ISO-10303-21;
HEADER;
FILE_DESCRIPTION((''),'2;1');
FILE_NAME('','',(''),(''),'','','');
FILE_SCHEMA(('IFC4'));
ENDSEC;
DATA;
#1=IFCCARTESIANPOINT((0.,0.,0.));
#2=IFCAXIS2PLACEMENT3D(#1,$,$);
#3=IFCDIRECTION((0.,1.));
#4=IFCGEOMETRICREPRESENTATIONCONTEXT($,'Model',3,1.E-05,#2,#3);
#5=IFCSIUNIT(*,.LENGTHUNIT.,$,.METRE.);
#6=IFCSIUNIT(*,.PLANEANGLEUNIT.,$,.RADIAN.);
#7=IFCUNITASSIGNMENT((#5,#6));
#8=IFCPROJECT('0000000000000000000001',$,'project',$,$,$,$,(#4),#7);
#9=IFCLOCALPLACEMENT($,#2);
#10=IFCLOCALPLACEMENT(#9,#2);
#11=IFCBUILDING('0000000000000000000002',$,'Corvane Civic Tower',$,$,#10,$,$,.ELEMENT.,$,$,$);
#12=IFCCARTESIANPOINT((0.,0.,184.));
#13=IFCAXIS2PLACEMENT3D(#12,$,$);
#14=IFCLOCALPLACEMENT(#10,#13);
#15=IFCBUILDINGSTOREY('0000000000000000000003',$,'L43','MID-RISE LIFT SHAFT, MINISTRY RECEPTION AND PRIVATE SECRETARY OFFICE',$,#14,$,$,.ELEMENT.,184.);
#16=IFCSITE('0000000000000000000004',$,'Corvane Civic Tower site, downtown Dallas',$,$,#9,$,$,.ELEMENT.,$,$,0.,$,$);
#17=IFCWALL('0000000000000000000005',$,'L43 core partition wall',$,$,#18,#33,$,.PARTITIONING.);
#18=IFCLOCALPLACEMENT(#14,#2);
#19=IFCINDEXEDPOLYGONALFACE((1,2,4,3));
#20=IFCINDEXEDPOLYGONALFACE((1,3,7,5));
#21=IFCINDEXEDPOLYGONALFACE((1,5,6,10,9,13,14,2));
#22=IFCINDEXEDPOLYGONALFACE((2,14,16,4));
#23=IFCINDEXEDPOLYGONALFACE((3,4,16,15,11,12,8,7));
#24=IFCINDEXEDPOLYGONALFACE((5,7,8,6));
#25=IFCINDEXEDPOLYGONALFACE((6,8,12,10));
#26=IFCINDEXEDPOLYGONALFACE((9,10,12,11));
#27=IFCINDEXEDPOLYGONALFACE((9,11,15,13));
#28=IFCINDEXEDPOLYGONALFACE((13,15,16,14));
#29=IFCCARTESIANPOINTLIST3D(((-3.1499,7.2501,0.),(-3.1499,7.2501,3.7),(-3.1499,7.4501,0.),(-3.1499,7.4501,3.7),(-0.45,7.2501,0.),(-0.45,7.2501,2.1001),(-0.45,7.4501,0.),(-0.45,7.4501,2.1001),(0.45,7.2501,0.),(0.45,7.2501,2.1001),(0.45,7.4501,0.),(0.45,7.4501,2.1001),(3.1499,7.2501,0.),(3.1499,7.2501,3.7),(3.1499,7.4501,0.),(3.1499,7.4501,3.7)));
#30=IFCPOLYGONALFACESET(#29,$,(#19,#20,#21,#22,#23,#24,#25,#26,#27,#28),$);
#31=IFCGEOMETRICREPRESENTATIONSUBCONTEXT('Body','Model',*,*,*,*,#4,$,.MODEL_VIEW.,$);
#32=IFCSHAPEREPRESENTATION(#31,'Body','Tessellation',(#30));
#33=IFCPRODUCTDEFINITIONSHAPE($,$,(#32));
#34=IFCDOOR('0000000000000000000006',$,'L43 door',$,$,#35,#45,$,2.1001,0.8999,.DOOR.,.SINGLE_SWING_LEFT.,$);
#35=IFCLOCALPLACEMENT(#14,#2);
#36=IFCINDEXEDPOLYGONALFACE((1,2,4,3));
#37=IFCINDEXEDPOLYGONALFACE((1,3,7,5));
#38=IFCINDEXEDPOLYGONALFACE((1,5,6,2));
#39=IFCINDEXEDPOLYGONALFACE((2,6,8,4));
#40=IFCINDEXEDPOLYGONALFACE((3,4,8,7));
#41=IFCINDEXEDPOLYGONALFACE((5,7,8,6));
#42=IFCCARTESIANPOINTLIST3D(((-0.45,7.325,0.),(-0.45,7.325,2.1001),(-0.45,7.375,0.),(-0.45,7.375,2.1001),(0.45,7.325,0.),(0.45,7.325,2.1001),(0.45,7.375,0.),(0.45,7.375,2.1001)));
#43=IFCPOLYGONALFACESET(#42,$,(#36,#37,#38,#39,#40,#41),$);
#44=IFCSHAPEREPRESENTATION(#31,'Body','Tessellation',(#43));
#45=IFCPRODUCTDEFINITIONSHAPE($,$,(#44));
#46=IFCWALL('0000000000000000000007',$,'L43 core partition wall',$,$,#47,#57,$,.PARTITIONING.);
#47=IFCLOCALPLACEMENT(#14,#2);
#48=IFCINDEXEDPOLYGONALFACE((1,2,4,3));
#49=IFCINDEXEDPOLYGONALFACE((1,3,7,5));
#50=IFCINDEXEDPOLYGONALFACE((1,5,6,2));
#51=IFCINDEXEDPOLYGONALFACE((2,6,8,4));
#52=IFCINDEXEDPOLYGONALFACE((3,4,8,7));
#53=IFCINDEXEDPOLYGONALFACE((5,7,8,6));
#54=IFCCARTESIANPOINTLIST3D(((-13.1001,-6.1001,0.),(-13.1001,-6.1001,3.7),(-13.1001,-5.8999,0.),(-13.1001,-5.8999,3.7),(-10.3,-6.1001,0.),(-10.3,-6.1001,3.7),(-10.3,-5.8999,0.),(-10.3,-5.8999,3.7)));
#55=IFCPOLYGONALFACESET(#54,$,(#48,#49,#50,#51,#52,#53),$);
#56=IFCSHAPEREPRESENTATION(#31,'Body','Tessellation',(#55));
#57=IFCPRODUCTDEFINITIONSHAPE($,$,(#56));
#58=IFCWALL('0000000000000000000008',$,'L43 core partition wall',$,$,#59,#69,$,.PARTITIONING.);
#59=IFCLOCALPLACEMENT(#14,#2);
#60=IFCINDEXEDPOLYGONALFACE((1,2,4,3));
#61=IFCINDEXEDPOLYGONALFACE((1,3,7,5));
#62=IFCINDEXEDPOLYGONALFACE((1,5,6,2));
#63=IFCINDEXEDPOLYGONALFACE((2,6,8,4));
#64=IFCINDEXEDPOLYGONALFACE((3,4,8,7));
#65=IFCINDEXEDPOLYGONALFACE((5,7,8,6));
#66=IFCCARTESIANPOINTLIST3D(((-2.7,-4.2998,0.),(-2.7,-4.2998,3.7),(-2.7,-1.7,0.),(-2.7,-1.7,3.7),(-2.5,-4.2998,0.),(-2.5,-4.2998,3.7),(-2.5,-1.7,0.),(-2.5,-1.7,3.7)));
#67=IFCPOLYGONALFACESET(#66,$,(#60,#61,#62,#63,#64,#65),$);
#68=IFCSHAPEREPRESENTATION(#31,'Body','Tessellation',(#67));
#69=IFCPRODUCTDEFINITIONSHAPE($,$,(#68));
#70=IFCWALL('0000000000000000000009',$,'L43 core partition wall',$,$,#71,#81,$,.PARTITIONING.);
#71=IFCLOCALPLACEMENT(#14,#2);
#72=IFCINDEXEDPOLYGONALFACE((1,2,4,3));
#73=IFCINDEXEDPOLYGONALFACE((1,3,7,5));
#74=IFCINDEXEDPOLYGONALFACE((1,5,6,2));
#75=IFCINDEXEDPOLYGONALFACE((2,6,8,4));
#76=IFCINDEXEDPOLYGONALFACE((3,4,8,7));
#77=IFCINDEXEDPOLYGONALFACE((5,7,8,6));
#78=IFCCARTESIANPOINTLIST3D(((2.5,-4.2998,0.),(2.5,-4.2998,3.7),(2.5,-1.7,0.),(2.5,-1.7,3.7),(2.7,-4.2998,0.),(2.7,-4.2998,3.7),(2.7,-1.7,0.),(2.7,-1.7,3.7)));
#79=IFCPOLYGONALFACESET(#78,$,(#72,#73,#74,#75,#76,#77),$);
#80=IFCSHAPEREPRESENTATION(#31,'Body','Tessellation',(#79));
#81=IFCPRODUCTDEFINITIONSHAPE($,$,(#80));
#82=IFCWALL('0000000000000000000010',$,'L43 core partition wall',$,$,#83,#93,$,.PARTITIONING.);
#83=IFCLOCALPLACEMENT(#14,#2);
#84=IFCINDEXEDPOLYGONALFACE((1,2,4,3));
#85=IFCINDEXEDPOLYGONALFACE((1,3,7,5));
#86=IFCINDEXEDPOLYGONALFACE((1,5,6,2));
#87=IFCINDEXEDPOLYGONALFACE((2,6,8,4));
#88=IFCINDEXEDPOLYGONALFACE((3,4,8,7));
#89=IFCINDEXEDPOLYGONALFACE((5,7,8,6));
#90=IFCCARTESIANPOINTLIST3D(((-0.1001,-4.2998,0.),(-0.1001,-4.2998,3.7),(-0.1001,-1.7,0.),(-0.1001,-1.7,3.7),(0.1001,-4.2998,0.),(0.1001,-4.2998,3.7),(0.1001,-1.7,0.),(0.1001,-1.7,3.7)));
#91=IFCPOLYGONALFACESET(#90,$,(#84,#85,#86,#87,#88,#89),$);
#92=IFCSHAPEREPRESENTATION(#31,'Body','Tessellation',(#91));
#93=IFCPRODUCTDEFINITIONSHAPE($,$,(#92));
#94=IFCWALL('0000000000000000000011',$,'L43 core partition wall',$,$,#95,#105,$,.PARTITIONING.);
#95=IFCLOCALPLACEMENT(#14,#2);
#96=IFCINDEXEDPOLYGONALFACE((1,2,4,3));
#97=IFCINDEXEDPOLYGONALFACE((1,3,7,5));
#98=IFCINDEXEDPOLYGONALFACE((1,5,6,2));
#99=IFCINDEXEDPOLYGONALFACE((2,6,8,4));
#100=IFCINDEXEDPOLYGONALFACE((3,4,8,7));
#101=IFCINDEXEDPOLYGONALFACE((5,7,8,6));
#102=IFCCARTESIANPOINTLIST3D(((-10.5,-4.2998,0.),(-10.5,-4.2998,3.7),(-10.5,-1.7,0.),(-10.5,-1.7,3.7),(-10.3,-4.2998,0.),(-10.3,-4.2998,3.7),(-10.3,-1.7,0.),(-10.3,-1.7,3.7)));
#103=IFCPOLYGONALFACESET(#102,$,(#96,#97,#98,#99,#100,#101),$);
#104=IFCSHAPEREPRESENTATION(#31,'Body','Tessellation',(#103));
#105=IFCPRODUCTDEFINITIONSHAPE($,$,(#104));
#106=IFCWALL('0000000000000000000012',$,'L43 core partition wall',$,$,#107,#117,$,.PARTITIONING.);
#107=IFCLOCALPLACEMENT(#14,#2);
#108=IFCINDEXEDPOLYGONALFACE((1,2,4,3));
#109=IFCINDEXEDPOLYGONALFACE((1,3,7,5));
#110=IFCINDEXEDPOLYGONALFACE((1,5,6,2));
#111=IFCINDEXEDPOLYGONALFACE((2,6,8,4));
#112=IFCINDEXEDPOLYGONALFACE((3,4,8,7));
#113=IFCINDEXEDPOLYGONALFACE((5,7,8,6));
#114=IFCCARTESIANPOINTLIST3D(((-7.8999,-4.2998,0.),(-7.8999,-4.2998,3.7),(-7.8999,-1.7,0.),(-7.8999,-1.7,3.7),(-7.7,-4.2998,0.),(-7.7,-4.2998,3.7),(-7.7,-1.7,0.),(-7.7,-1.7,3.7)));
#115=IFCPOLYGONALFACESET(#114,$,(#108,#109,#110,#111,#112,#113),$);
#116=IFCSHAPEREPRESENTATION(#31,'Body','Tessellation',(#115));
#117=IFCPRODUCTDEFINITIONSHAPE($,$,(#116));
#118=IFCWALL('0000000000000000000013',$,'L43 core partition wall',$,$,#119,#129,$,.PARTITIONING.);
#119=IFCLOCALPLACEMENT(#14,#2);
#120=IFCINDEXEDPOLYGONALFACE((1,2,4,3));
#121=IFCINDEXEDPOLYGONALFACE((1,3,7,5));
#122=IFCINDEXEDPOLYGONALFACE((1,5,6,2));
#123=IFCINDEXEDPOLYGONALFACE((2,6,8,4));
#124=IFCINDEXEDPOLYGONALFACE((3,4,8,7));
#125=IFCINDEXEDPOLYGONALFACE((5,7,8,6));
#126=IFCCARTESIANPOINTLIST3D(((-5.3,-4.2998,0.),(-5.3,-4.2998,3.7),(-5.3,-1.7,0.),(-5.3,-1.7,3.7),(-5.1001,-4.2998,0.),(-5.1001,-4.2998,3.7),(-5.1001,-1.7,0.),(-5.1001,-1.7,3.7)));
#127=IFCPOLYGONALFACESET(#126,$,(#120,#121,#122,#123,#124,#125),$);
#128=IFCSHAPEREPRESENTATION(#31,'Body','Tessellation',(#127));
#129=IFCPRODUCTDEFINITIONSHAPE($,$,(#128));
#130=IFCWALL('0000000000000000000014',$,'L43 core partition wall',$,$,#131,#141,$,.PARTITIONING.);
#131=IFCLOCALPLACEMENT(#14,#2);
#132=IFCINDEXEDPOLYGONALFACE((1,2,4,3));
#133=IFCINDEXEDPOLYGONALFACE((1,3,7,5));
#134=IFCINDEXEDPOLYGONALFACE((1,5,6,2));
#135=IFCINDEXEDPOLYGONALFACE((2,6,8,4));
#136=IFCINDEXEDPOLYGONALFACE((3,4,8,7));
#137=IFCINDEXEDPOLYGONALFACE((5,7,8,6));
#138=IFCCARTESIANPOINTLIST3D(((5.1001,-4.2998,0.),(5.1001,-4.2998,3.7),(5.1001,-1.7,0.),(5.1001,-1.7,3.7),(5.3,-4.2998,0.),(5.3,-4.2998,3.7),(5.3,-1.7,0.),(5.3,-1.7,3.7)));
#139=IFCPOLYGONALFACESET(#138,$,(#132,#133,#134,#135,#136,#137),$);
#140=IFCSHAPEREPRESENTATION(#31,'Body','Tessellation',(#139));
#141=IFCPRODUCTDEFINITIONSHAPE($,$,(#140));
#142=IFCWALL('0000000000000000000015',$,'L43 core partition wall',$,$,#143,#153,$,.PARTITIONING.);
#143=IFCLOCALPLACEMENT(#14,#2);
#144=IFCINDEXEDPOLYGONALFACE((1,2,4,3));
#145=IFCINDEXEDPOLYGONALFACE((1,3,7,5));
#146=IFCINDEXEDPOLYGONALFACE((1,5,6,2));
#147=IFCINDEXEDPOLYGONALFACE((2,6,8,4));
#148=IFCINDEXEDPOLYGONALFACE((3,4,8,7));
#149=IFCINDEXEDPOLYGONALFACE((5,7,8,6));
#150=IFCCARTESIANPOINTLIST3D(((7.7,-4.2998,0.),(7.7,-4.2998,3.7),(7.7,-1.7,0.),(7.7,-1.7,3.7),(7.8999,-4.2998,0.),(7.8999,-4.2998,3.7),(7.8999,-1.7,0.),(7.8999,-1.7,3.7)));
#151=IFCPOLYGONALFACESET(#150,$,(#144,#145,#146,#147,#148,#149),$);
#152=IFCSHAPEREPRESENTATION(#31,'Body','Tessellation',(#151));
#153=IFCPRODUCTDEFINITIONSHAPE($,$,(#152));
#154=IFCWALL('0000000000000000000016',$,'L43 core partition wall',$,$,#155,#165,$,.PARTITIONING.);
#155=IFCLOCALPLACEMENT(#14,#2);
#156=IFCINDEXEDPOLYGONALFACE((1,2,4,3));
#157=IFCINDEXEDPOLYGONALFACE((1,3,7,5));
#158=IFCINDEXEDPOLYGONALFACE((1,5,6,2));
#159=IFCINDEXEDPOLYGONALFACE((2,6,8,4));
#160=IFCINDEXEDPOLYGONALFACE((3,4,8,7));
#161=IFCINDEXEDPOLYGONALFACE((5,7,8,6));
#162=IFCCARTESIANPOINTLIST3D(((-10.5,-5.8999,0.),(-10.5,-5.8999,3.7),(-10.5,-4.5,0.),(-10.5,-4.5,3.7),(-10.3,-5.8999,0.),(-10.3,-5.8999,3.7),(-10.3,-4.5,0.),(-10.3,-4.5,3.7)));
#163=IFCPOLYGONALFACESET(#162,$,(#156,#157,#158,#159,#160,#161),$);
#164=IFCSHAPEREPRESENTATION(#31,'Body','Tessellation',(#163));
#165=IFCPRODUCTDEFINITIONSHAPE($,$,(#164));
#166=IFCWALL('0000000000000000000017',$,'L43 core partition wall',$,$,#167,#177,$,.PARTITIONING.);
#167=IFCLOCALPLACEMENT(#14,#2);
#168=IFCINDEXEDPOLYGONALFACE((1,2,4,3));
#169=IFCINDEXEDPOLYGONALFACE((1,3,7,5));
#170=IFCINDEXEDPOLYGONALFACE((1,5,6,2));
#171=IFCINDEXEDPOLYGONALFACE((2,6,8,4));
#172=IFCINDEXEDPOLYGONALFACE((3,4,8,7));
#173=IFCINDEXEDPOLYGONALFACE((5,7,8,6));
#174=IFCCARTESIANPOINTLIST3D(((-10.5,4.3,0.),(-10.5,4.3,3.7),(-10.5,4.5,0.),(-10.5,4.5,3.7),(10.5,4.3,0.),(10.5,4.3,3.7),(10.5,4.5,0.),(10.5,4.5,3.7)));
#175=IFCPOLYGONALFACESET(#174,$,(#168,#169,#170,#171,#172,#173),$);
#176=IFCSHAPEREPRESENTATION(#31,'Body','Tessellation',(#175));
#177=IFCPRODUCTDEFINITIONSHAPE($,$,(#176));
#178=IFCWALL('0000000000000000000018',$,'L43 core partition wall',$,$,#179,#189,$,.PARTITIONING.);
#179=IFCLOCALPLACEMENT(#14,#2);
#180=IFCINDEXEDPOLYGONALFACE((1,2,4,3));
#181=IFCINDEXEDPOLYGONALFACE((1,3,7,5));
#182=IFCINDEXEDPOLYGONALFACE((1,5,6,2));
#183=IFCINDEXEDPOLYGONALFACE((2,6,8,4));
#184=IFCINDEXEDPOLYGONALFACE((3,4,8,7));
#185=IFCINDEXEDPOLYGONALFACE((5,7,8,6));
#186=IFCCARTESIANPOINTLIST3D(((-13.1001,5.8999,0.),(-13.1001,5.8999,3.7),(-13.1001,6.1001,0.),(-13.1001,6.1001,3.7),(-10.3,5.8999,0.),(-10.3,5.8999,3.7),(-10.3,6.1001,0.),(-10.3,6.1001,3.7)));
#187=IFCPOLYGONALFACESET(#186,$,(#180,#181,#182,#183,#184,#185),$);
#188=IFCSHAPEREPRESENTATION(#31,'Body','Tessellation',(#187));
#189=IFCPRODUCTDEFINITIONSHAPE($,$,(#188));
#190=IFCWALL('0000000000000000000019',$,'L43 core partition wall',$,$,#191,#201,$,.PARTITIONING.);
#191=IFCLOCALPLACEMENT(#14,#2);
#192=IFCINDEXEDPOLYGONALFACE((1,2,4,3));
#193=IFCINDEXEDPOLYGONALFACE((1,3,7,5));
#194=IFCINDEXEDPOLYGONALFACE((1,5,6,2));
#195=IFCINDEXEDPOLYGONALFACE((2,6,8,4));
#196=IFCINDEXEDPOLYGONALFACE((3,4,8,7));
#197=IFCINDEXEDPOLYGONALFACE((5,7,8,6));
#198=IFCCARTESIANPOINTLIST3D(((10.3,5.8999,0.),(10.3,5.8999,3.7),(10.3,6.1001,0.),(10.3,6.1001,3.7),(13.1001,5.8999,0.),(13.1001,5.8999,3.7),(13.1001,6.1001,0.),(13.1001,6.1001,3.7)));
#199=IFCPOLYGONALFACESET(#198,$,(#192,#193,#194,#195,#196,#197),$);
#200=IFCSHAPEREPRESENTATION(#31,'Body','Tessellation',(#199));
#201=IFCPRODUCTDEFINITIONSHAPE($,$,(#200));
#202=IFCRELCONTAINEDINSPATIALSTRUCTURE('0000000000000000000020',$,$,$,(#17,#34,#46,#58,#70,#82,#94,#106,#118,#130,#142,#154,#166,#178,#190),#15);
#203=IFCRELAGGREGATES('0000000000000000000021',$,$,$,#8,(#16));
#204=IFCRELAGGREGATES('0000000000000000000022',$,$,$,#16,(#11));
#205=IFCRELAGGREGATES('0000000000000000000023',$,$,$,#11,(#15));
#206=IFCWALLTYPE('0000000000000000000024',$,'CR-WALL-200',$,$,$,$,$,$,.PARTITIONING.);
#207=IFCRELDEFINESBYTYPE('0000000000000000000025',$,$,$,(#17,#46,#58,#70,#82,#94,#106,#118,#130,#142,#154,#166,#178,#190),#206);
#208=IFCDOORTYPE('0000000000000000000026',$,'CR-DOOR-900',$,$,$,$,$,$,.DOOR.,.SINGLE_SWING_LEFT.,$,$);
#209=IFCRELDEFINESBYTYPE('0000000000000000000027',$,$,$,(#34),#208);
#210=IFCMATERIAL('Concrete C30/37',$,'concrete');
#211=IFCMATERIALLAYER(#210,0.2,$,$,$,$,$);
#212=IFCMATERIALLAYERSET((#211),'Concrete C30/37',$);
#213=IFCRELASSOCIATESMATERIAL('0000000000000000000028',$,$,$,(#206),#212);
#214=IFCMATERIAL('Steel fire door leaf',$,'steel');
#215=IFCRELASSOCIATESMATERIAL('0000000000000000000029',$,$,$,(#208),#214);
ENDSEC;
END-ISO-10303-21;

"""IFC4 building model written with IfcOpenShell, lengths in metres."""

from ifc_helpers import new_model, si_unit, direction, frame, frame_2d, origin, place, context, subcontext, project, spatial, polyline, rectangle, outline, extrude, material, layer, layer_set, type_object, element, fill, save


model = new_model("IFC4")

# Units and contexts
model_context = context("Model", 3, precision=1e-05, world=origin(), true_north=direction((0.0, 1.0)))
body_context = subcontext(model_context, "Body", "Model", "MODEL_VIEW")
ifc_project = project(units=[si_unit("LENGTHUNIT", "METRE"), si_unit("PLANEANGLEUNIT", "RADIAN")], contexts=[model_context])

# Site, building, storey
site_placement = place(None, origin())
site = spatial("IfcSite", under=ifc_project, at=site_placement, Name="Corvane Civic Tower site, downtown Dallas", CompositionType="ELEMENT", RefElevation=0.0)
building_placement = place(site_placement, origin())
building = spatial("IfcBuilding", under=site, at=building_placement, Name="Corvane Civic Tower", CompositionType="ELEMENT")
storey_placement = place(building_placement, frame((0.0, 0.0, 184.0)))
storey = spatial("IfcBuildingStorey", under=building, at=storey_placement, Name="L43", Description="MID-RISE LIFT SHAFT, MINISTRY RECEPTION AND PRIVATE SECRETARY OFFICE", CompositionType="ELEMENT", Elevation=184.0)

# Wall, opening, door
ifc_material_1 = material(Name="Concrete C30/37", Category="concrete")
ifc_layer_1 = layer(ifc_material_1, 0.2)
ifc_layer_set_1 = layer_set([ifc_layer_1], Name="Concrete C30/37")
wall_type_1 = type_object("IfcWallType", Name="CR-WALL-200", PredefinedType="PARTITIONING", material=ifc_layer_set_1)
wall_1_placement = place(storey_placement, frame((-3.1499, 7.3501, 0.0), z_axis=(0.0, 0.0, 1.0), x_axis=(1.0, 0.0, 0.0)))
wall_1 = element("IfcWall", 1, at=wall_1_placement, inside=storey, type_object=wall_type_1, Name="L43 core partition wall", PredefinedType="PARTITIONING", context=body_context, shape_type="SweptSolid", body=[
    extrude(rectangle(XDim=6.2998, YDim=0.2, at=frame_2d((3.1499, 0.0))), origin(), (0.0, 0.0, 1.0), 3.7),
])
opening_1_placement = place(wall_1_placement, frame((2.7, 0.0, 0.0)))
opening_1 = element("IfcOpeningElement", 2, at=opening_1_placement, cuts=wall_1, PredefinedType="OPENING", context=body_context, shape_type="SweptSolid", body=[
    extrude(rectangle(XDim=0.8999, YDim=2.1001, at=frame_2d((0.45, 1.05))), frame((0.0, 0.1099, 0.0), z_axis=(0.0, -1.0, 0.0), x_axis=(1.0, 0.0, 0.0)), (0.0, 0.0, 1.0), 0.22),
])
ifc_material_2 = material(Name="Steel fire door leaf", Category="steel")
door_type_1 = type_object("IfcDoorType", Name="CR-DOOR-900", OperationType="SINGLE_SWING_LEFT", PredefinedType="DOOR", material=ifc_material_2)
door_1_placement = place(opening_1_placement, origin())
door_1 = element("IfcDoor", 3, at=door_1_placement, inside=storey, type_object=door_type_1, Name="L43 door", OperationType="SINGLE_SWING_LEFT", OverallHeight=2.1001, OverallWidth=0.8999, PredefinedType="DOOR", context=body_context, shape_type="SweptSolid", body=[
    extrude(rectangle(XDim=0.8999, YDim=2.1001, at=frame_2d((0.45, 1.05))), frame((0.0, 0.0249, 0.0), z_axis=(0.0, -1.0, 0.0), x_axis=(1.0, 0.0, 0.0)), (0.0, 0.0, 1.0), 0.05),
])
fill(opening_1, door_1)

# Walls
wall_2_placement = place(storey_placement, origin())
element("IfcWall", 4, at=wall_2_placement, inside=storey, type_object=wall_type_1, Name="L43 core partition wall", PredefinedType="PARTITIONING", context=body_context, shape_type="SweptSolid", body=[
    extrude(outline(polyline([(-10.3, -6.1001), (-13.1001, -6.1001), (-13.1001, -5.8999), (-10.3, -5.8999), (-10.3, -6.1001)])), origin(), (0.0, 0.0, 1.0), 3.7),
])
wall_3_placement = place(storey_placement, origin())
element("IfcWall", 5, at=wall_3_placement, inside=storey, type_object=wall_type_1, Name="L43 core partition wall", PredefinedType="PARTITIONING", context=body_context, shape_type="SweptSolid", body=[
    extrude(outline(polyline([(-2.5, -1.7), (-2.5, -4.2998), (-2.7, -4.2998), (-2.7, -1.7), (-2.5, -1.7)])), origin(), (0.0, 0.0, 1.0), 3.7),
])
wall_4_placement = place(storey_placement, origin())
element("IfcWall", 6, at=wall_4_placement, inside=storey, type_object=wall_type_1, Name="L43 core partition wall", PredefinedType="PARTITIONING", context=body_context, shape_type="SweptSolid", body=[
    extrude(outline(polyline([(2.7, -1.7), (2.7, -4.2998), (2.5, -4.2998), (2.5, -1.7), (2.7, -1.7)])), origin(), (0.0, 0.0, 1.0), 3.7),
])
wall_5_placement = place(storey_placement, origin())
element("IfcWall", 7, at=wall_5_placement, inside=storey, type_object=wall_type_1, Name="L43 core partition wall", PredefinedType="PARTITIONING", context=body_context, shape_type="SweptSolid", body=[
    extrude(outline(polyline([(0.1001, -1.7), (0.1001, -4.2998), (-0.1001, -4.2998), (-0.1001, -1.7), (0.1001, -1.7)])), origin(), (0.0, 0.0, 1.0), 3.7),
])
wall_6_placement = place(storey_placement, origin())
element("IfcWall", 8, at=wall_6_placement, inside=storey, type_object=wall_type_1, Name="L43 core partition wall", PredefinedType="PARTITIONING", context=body_context, shape_type="SweptSolid", body=[
    extrude(outline(polyline([(-10.3, -1.7), (-10.3, -4.2998), (-10.5, -4.2998), (-10.5, -1.7), (-10.3, -1.7)])), origin(), (0.0, 0.0, 1.0), 3.7),
])
wall_7_placement = place(storey_placement, origin())
element("IfcWall", 9, at=wall_7_placement, inside=storey, type_object=wall_type_1, Name="L43 core partition wall", PredefinedType="PARTITIONING", context=body_context, shape_type="SweptSolid", body=[
    extrude(outline(polyline([(-7.7, -1.7), (-7.7, -4.2998), (-7.8999, -4.2998), (-7.8999, -1.7), (-7.7, -1.7)])), origin(), (0.0, 0.0, 1.0), 3.7),
])
wall_8_placement = place(storey_placement, origin())
element("IfcWall", 10, at=wall_8_placement, inside=storey, type_object=wall_type_1, Name="L43 core partition wall", PredefinedType="PARTITIONING", context=body_context, shape_type="SweptSolid", body=[
    extrude(outline(polyline([(-5.1001, -1.7), (-5.1001, -4.2998), (-5.3, -4.2998), (-5.3, -1.7), (-5.1001, -1.7)])), origin(), (0.0, 0.0, 1.0), 3.7),
])
wall_9_placement = place(storey_placement, origin())
element("IfcWall", 11, at=wall_9_placement, inside=storey, type_object=wall_type_1, Name="L43 core partition wall", PredefinedType="PARTITIONING", context=body_context, shape_type="SweptSolid", body=[
    extrude(outline(polyline([(5.3, -1.7), (5.3, -4.2998), (5.1001, -4.2998), (5.1001, -1.7), (5.3, -1.7)])), origin(), (0.0, 0.0, 1.0), 3.7),
])
wall_10_placement = place(storey_placement, origin())
element("IfcWall", 12, at=wall_10_placement, inside=storey, type_object=wall_type_1, Name="L43 core partition wall", PredefinedType="PARTITIONING", context=body_context, shape_type="SweptSolid", body=[
    extrude(outline(polyline([(7.8999, -1.7), (7.8999, -4.2998), (7.7, -4.2998), (7.7, -1.7), (7.8999, -1.7)])), origin(), (0.0, 0.0, 1.0), 3.7),
])
wall_11_placement = place(storey_placement, origin())
element("IfcWall", 13, at=wall_11_placement, inside=storey, type_object=wall_type_1, Name="L43 core partition wall", PredefinedType="PARTITIONING", context=body_context, shape_type="SweptSolid", body=[
    extrude(outline(polyline([(-10.3, -5.8999), (-10.5, -5.8999), (-10.5, -4.5), (-10.3, -4.5), (-10.3, -5.8999)])), origin(), (0.0, 0.0, 1.0), 3.7),
])
wall_12_placement = place(storey_placement, origin())
element("IfcWall", 14, at=wall_12_placement, inside=storey, type_object=wall_type_1, Name="L43 core partition wall", PredefinedType="PARTITIONING", context=body_context, shape_type="SweptSolid", body=[
    extrude(outline(polyline([(10.5, 4.5), (10.5, 4.3), (-10.5, 4.3), (-10.5, 4.5), (10.5, 4.5)])), origin(), (0.0, 0.0, 1.0), 3.7),
])
wall_13_placement = place(storey_placement, origin())
element("IfcWall", 15, at=wall_13_placement, inside=storey, type_object=wall_type_1, Name="L43 core partition wall", PredefinedType="PARTITIONING", context=body_context, shape_type="SweptSolid", body=[
    extrude(outline(polyline([(-10.3, 5.8999), (-13.1001, 5.8999), (-13.1001, 6.1001), (-10.3, 6.1001), (-10.3, 5.8999)])), origin(), (0.0, 0.0, 1.0), 3.7),
])
wall_14_placement = place(storey_placement, origin())
element("IfcWall", 16, at=wall_14_placement, inside=storey, type_object=wall_type_1, Name="L43 core partition wall", PredefinedType="PARTITIONING", context=body_context, shape_type="SweptSolid", body=[
    extrude(outline(polyline([(13.1001, 5.8999), (10.3, 5.8999), (10.3, 6.1001), (13.1001, 6.1001), (13.1001, 5.8999)])), origin(), (0.0, 0.0, 1.0), 3.7),
])

save(model, "model.ifc")
